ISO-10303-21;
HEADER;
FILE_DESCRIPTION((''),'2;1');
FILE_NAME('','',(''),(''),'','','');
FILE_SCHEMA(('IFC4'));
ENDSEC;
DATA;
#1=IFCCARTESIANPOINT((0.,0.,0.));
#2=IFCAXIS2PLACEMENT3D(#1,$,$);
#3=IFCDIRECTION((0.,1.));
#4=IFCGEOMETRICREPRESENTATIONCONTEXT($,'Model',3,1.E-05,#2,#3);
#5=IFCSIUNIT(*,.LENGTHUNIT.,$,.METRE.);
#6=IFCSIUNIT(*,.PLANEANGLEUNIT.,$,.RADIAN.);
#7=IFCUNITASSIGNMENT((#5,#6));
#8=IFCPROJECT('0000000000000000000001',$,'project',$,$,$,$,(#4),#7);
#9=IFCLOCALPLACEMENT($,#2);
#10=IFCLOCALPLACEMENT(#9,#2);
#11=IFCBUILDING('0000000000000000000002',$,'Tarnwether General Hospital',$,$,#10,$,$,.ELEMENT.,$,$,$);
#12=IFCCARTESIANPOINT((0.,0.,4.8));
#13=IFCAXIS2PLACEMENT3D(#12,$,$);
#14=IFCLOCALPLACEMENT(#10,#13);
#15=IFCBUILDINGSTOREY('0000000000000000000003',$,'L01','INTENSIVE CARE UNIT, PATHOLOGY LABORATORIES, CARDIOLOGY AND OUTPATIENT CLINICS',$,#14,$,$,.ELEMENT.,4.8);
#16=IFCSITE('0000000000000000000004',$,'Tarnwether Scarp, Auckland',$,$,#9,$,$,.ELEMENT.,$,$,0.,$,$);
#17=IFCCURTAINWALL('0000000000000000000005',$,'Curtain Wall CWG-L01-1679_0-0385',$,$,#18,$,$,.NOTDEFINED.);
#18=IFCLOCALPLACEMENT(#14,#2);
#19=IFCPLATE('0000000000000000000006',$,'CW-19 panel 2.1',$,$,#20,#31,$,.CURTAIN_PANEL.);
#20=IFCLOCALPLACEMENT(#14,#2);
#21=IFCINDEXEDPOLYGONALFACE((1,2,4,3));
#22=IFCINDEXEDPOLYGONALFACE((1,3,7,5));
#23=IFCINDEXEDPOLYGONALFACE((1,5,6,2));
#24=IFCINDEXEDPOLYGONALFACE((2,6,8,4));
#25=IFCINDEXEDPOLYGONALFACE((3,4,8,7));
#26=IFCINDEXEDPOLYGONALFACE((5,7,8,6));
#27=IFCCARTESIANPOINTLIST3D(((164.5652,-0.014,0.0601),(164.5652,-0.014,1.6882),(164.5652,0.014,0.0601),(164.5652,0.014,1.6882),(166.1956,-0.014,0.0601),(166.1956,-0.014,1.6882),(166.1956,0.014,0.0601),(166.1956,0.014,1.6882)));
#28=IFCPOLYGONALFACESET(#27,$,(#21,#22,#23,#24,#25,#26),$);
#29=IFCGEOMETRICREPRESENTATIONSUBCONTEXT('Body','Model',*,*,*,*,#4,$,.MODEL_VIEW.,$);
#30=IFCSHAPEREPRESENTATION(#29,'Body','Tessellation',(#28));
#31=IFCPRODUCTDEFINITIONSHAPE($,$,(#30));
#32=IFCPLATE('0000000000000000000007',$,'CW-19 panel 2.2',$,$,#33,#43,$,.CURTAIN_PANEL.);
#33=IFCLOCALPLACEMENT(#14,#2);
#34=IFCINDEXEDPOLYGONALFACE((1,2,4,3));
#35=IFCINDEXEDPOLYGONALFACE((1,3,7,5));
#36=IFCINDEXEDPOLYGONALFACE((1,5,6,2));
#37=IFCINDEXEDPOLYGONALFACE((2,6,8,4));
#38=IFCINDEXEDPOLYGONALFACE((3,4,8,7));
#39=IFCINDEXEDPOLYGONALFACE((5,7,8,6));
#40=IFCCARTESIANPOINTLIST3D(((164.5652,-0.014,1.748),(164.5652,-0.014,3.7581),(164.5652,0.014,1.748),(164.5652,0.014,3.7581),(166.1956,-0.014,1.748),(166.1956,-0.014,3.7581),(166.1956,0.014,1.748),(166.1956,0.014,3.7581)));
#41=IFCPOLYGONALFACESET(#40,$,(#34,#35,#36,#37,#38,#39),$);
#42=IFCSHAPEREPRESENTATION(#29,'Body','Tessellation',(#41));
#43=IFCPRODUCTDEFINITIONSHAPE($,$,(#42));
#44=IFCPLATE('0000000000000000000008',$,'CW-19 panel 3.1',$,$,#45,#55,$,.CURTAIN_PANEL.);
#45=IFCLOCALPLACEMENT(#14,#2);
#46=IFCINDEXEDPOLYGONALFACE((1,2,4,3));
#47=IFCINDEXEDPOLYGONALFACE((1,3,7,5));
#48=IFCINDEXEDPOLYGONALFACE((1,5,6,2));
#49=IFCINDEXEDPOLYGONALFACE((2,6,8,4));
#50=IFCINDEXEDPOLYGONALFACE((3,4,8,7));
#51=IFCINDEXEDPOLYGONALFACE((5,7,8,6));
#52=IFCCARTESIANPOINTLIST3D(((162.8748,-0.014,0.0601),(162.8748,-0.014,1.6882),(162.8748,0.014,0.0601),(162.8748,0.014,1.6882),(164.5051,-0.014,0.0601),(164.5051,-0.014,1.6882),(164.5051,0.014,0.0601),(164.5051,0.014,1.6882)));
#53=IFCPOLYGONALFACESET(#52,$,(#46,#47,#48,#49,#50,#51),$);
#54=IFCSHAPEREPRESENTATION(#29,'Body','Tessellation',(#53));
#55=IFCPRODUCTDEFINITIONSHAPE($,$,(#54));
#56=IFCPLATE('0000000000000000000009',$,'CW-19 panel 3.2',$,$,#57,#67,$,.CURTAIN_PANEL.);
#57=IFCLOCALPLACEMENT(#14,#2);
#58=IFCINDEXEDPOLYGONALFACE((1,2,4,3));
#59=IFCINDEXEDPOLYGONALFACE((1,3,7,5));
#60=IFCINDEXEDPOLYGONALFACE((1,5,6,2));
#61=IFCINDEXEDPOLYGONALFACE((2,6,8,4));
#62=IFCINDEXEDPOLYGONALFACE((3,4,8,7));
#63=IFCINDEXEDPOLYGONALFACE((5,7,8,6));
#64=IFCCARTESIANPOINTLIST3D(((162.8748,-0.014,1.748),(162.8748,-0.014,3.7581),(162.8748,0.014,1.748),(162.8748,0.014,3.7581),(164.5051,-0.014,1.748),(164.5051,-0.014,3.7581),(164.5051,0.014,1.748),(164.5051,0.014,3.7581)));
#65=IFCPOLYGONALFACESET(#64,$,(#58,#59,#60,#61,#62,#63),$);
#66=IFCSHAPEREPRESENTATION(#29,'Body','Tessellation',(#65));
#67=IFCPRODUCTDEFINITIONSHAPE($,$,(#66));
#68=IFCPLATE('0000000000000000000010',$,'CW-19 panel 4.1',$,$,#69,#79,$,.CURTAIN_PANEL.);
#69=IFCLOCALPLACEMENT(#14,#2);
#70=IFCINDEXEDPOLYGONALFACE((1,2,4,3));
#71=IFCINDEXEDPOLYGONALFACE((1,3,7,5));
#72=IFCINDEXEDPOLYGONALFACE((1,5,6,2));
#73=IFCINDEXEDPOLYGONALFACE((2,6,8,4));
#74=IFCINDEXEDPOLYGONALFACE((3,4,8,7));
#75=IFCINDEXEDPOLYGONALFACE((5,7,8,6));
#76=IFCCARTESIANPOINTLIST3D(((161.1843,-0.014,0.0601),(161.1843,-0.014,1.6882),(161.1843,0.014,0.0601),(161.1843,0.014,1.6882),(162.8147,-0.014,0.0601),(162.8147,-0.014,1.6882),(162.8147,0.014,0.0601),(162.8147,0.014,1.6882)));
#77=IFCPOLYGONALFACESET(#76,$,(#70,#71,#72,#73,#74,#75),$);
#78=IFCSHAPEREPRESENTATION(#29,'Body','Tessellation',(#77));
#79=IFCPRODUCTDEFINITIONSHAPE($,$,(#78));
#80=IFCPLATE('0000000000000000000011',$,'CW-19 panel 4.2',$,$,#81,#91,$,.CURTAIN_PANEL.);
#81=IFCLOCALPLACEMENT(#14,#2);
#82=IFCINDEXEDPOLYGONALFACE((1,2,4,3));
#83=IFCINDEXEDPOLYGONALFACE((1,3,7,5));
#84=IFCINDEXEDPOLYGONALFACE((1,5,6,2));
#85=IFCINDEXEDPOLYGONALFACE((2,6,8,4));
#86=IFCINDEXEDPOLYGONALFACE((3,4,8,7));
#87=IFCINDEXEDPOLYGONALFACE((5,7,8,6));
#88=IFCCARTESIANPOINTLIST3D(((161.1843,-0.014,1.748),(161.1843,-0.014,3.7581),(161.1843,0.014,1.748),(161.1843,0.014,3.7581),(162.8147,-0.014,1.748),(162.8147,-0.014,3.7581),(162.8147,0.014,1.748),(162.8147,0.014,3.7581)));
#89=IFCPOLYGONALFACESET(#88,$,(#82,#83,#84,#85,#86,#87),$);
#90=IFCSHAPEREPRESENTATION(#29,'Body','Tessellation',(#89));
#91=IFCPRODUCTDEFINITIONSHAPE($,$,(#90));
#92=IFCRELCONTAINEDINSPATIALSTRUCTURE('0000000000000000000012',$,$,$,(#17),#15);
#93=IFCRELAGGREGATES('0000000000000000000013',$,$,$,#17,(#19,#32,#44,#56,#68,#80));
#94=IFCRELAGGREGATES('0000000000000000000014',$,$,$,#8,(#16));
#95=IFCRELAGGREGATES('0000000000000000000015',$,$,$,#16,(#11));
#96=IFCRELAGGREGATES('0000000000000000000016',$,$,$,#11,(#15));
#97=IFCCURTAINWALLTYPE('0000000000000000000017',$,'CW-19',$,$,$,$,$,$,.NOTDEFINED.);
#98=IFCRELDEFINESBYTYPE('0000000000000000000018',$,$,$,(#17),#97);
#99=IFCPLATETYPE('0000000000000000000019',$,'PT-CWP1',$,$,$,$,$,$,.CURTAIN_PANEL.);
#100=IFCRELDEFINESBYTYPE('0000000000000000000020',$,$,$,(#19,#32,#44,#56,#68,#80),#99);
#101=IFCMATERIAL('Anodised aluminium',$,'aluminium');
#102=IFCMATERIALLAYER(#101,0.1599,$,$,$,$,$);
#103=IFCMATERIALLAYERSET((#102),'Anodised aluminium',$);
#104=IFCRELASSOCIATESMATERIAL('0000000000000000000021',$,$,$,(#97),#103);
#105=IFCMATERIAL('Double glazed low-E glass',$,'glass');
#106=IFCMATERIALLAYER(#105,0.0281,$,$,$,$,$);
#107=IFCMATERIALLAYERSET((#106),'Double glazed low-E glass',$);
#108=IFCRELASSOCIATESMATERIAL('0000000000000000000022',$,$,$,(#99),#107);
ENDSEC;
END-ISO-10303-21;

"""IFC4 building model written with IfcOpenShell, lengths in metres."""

from ifc_helpers import new_model, si_unit, direction, frame, origin, origin_2d, place, context, subcontext, project, spatial, rectangle, extrude, material, layer, layer_set, type_object, element, aggregate, save


model = new_model("IFC4")

# Units and contexts
model_context = context("Model", 3, precision=1e-05, world=origin(), true_north=direction((0.0, 1.0)))
body_context = subcontext(model_context, "Body", "Model", "MODEL_VIEW")
ifc_project = project(units=[si_unit("LENGTHUNIT", "METRE"), si_unit("PLANEANGLEUNIT", "RADIAN")], contexts=[model_context])

# Site, building, storey
site_placement = place(None, origin())
site = spatial("IfcSite", under=ifc_project, at=site_placement, Name="Tarnwether Scarp, Auckland", CompositionType="ELEMENT", RefElevation=0.0)
building_placement = place(site_placement, origin())
building = spatial("IfcBuilding", under=site, at=building_placement, Name="Tarnwether General Hospital", CompositionType="ELEMENT")
storey_placement = place(building_placement, frame((0.0, 0.0, 4.8)))
storey = spatial("IfcBuildingStorey", under=building, at=storey_placement, Name="L01", Description="INTENSIVE CARE UNIT, PATHOLOGY LABORATORIES, CARDIOLOGY AND OUTPATIENT CLINICS", CompositionType="ELEMENT", Elevation=4.8)

# Curtain wall, plates
ifc_material_1 = material(Name="Anodised aluminium", Category="aluminium")
ifc_layer_1 = layer(ifc_material_1, 0.1599)
ifc_layer_set_1 = layer_set([ifc_layer_1], Name="Anodised aluminium")
curtain_wall_type = type_object("IfcCurtainWallType", Name="CW-19", PredefinedType="NOTDEFINED", material=ifc_layer_set_1)
curtain_wall_placement = place(storey_placement, origin())
curtain_wall = element("IfcCurtainWall", 1, at=curtain_wall_placement, inside=storey, type_object=curtain_wall_type, Name="Curtain Wall CWG-L01-1679_0-0385", PredefinedType="NOTDEFINED")
ifc_material_2 = material(Name="Double glazed low-E glass", Category="glass")
ifc_layer_2 = layer(ifc_material_2, 0.0281)
ifc_layer_set_2 = layer_set([ifc_layer_2], Name="Double glazed low-E glass")
plate_type = type_object("IfcPlateType", Name="PT-CWP1", PredefinedType="CURTAIN_PANEL", material=ifc_layer_set_2)
plate_1_placement = place(storey_placement, frame((165.3804, 0.0, 0.0601), z_axis=(0.0, 0.0, 1.0), x_axis=(-1.0, 0.0, 0.0)))
plate_1 = element("IfcPlate", 2, at=plate_1_placement, type_object=plate_type, Name="CW-19 panel 2.1", PredefinedType="CURTAIN_PANEL", context=body_context, shape_type="SweptSolid", body=[
    extrude(rectangle(XDim=1.6304, YDim=0.0281, at=origin_2d()), origin(), (0.0, 0.0, 1.0), 1.6282),
])
plate_2_placement = place(storey_placement, frame((165.3804, 0.0, 1.748), z_axis=(0.0, 0.0, 1.0), x_axis=(-1.0, 0.0, 0.0)))
plate_2 = element("IfcPlate", 3, at=plate_2_placement, type_object=plate_type, Name="CW-19 panel 2.2", PredefinedType="CURTAIN_PANEL", context=body_context, shape_type="SweptSolid", body=[
    extrude(rectangle(XDim=1.6304, YDim=0.0281, at=origin_2d()), origin(), (0.0, 0.0, 1.0), 2.01),
])
plate_3_placement = place(storey_placement, frame((163.6899, 0.0, 0.0601), z_axis=(0.0, 0.0, 1.0), x_axis=(-1.0, 0.0, 0.0)))
plate_3 = element("IfcPlate", 4, at=plate_3_placement, type_object=plate_type, Name="CW-19 panel 3.1", PredefinedType="CURTAIN_PANEL", context=body_context, shape_type="SweptSolid", body=[
    extrude(rectangle(XDim=1.6304, YDim=0.0281, at=origin_2d()), origin(), (0.0, 0.0, 1.0), 1.6282),
])
plate_4_placement = place(storey_placement, frame((163.6899, 0.0, 1.748), z_axis=(0.0, 0.0, 1.0), x_axis=(-1.0, 0.0, 0.0)))
plate_4 = element("IfcPlate", 5, at=plate_4_placement, type_object=plate_type, Name="CW-19 panel 3.2", PredefinedType="CURTAIN_PANEL", context=body_context, shape_type="SweptSolid", body=[
    extrude(rectangle(XDim=1.6304, YDim=0.0281, at=origin_2d()), origin(), (0.0, 0.0, 1.0), 2.01),
])
plate_5_placement = place(storey_placement, frame((161.9995, 0.0, 0.0601), z_axis=(0.0, 0.0, 1.0), x_axis=(-1.0, 0.0, 0.0)))
plate_5 = element("IfcPlate", 6, at=plate_5_placement, type_object=plate_type, Name="CW-19 panel 4.1", PredefinedType="CURTAIN_PANEL", context=body_context, shape_type="SweptSolid", body=[
    extrude(rectangle(XDim=1.6304, YDim=0.0281, at=origin_2d()), origin(), (0.0, 0.0, 1.0), 1.6282),
])
plate_6_placement = place(storey_placement, frame((161.9995, 0.0, 1.748), z_axis=(0.0, 0.0, 1.0), x_axis=(-1.0, 0.0, 0.0)))
plate_6 = element("IfcPlate", 7, at=plate_6_placement, type_object=plate_type, Name="CW-19 panel 4.2", PredefinedType="CURTAIN_PANEL", context=body_context, shape_type="SweptSolid", body=[
    extrude(rectangle(XDim=1.6304, YDim=0.0281, at=origin_2d()), origin(), (0.0, 0.0, 1.0), 2.01),
])
aggregate(curtain_wall, [plate_1, plate_2, plate_3, plate_4, plate_5, plate_6])

save(model, "model.ifc")
